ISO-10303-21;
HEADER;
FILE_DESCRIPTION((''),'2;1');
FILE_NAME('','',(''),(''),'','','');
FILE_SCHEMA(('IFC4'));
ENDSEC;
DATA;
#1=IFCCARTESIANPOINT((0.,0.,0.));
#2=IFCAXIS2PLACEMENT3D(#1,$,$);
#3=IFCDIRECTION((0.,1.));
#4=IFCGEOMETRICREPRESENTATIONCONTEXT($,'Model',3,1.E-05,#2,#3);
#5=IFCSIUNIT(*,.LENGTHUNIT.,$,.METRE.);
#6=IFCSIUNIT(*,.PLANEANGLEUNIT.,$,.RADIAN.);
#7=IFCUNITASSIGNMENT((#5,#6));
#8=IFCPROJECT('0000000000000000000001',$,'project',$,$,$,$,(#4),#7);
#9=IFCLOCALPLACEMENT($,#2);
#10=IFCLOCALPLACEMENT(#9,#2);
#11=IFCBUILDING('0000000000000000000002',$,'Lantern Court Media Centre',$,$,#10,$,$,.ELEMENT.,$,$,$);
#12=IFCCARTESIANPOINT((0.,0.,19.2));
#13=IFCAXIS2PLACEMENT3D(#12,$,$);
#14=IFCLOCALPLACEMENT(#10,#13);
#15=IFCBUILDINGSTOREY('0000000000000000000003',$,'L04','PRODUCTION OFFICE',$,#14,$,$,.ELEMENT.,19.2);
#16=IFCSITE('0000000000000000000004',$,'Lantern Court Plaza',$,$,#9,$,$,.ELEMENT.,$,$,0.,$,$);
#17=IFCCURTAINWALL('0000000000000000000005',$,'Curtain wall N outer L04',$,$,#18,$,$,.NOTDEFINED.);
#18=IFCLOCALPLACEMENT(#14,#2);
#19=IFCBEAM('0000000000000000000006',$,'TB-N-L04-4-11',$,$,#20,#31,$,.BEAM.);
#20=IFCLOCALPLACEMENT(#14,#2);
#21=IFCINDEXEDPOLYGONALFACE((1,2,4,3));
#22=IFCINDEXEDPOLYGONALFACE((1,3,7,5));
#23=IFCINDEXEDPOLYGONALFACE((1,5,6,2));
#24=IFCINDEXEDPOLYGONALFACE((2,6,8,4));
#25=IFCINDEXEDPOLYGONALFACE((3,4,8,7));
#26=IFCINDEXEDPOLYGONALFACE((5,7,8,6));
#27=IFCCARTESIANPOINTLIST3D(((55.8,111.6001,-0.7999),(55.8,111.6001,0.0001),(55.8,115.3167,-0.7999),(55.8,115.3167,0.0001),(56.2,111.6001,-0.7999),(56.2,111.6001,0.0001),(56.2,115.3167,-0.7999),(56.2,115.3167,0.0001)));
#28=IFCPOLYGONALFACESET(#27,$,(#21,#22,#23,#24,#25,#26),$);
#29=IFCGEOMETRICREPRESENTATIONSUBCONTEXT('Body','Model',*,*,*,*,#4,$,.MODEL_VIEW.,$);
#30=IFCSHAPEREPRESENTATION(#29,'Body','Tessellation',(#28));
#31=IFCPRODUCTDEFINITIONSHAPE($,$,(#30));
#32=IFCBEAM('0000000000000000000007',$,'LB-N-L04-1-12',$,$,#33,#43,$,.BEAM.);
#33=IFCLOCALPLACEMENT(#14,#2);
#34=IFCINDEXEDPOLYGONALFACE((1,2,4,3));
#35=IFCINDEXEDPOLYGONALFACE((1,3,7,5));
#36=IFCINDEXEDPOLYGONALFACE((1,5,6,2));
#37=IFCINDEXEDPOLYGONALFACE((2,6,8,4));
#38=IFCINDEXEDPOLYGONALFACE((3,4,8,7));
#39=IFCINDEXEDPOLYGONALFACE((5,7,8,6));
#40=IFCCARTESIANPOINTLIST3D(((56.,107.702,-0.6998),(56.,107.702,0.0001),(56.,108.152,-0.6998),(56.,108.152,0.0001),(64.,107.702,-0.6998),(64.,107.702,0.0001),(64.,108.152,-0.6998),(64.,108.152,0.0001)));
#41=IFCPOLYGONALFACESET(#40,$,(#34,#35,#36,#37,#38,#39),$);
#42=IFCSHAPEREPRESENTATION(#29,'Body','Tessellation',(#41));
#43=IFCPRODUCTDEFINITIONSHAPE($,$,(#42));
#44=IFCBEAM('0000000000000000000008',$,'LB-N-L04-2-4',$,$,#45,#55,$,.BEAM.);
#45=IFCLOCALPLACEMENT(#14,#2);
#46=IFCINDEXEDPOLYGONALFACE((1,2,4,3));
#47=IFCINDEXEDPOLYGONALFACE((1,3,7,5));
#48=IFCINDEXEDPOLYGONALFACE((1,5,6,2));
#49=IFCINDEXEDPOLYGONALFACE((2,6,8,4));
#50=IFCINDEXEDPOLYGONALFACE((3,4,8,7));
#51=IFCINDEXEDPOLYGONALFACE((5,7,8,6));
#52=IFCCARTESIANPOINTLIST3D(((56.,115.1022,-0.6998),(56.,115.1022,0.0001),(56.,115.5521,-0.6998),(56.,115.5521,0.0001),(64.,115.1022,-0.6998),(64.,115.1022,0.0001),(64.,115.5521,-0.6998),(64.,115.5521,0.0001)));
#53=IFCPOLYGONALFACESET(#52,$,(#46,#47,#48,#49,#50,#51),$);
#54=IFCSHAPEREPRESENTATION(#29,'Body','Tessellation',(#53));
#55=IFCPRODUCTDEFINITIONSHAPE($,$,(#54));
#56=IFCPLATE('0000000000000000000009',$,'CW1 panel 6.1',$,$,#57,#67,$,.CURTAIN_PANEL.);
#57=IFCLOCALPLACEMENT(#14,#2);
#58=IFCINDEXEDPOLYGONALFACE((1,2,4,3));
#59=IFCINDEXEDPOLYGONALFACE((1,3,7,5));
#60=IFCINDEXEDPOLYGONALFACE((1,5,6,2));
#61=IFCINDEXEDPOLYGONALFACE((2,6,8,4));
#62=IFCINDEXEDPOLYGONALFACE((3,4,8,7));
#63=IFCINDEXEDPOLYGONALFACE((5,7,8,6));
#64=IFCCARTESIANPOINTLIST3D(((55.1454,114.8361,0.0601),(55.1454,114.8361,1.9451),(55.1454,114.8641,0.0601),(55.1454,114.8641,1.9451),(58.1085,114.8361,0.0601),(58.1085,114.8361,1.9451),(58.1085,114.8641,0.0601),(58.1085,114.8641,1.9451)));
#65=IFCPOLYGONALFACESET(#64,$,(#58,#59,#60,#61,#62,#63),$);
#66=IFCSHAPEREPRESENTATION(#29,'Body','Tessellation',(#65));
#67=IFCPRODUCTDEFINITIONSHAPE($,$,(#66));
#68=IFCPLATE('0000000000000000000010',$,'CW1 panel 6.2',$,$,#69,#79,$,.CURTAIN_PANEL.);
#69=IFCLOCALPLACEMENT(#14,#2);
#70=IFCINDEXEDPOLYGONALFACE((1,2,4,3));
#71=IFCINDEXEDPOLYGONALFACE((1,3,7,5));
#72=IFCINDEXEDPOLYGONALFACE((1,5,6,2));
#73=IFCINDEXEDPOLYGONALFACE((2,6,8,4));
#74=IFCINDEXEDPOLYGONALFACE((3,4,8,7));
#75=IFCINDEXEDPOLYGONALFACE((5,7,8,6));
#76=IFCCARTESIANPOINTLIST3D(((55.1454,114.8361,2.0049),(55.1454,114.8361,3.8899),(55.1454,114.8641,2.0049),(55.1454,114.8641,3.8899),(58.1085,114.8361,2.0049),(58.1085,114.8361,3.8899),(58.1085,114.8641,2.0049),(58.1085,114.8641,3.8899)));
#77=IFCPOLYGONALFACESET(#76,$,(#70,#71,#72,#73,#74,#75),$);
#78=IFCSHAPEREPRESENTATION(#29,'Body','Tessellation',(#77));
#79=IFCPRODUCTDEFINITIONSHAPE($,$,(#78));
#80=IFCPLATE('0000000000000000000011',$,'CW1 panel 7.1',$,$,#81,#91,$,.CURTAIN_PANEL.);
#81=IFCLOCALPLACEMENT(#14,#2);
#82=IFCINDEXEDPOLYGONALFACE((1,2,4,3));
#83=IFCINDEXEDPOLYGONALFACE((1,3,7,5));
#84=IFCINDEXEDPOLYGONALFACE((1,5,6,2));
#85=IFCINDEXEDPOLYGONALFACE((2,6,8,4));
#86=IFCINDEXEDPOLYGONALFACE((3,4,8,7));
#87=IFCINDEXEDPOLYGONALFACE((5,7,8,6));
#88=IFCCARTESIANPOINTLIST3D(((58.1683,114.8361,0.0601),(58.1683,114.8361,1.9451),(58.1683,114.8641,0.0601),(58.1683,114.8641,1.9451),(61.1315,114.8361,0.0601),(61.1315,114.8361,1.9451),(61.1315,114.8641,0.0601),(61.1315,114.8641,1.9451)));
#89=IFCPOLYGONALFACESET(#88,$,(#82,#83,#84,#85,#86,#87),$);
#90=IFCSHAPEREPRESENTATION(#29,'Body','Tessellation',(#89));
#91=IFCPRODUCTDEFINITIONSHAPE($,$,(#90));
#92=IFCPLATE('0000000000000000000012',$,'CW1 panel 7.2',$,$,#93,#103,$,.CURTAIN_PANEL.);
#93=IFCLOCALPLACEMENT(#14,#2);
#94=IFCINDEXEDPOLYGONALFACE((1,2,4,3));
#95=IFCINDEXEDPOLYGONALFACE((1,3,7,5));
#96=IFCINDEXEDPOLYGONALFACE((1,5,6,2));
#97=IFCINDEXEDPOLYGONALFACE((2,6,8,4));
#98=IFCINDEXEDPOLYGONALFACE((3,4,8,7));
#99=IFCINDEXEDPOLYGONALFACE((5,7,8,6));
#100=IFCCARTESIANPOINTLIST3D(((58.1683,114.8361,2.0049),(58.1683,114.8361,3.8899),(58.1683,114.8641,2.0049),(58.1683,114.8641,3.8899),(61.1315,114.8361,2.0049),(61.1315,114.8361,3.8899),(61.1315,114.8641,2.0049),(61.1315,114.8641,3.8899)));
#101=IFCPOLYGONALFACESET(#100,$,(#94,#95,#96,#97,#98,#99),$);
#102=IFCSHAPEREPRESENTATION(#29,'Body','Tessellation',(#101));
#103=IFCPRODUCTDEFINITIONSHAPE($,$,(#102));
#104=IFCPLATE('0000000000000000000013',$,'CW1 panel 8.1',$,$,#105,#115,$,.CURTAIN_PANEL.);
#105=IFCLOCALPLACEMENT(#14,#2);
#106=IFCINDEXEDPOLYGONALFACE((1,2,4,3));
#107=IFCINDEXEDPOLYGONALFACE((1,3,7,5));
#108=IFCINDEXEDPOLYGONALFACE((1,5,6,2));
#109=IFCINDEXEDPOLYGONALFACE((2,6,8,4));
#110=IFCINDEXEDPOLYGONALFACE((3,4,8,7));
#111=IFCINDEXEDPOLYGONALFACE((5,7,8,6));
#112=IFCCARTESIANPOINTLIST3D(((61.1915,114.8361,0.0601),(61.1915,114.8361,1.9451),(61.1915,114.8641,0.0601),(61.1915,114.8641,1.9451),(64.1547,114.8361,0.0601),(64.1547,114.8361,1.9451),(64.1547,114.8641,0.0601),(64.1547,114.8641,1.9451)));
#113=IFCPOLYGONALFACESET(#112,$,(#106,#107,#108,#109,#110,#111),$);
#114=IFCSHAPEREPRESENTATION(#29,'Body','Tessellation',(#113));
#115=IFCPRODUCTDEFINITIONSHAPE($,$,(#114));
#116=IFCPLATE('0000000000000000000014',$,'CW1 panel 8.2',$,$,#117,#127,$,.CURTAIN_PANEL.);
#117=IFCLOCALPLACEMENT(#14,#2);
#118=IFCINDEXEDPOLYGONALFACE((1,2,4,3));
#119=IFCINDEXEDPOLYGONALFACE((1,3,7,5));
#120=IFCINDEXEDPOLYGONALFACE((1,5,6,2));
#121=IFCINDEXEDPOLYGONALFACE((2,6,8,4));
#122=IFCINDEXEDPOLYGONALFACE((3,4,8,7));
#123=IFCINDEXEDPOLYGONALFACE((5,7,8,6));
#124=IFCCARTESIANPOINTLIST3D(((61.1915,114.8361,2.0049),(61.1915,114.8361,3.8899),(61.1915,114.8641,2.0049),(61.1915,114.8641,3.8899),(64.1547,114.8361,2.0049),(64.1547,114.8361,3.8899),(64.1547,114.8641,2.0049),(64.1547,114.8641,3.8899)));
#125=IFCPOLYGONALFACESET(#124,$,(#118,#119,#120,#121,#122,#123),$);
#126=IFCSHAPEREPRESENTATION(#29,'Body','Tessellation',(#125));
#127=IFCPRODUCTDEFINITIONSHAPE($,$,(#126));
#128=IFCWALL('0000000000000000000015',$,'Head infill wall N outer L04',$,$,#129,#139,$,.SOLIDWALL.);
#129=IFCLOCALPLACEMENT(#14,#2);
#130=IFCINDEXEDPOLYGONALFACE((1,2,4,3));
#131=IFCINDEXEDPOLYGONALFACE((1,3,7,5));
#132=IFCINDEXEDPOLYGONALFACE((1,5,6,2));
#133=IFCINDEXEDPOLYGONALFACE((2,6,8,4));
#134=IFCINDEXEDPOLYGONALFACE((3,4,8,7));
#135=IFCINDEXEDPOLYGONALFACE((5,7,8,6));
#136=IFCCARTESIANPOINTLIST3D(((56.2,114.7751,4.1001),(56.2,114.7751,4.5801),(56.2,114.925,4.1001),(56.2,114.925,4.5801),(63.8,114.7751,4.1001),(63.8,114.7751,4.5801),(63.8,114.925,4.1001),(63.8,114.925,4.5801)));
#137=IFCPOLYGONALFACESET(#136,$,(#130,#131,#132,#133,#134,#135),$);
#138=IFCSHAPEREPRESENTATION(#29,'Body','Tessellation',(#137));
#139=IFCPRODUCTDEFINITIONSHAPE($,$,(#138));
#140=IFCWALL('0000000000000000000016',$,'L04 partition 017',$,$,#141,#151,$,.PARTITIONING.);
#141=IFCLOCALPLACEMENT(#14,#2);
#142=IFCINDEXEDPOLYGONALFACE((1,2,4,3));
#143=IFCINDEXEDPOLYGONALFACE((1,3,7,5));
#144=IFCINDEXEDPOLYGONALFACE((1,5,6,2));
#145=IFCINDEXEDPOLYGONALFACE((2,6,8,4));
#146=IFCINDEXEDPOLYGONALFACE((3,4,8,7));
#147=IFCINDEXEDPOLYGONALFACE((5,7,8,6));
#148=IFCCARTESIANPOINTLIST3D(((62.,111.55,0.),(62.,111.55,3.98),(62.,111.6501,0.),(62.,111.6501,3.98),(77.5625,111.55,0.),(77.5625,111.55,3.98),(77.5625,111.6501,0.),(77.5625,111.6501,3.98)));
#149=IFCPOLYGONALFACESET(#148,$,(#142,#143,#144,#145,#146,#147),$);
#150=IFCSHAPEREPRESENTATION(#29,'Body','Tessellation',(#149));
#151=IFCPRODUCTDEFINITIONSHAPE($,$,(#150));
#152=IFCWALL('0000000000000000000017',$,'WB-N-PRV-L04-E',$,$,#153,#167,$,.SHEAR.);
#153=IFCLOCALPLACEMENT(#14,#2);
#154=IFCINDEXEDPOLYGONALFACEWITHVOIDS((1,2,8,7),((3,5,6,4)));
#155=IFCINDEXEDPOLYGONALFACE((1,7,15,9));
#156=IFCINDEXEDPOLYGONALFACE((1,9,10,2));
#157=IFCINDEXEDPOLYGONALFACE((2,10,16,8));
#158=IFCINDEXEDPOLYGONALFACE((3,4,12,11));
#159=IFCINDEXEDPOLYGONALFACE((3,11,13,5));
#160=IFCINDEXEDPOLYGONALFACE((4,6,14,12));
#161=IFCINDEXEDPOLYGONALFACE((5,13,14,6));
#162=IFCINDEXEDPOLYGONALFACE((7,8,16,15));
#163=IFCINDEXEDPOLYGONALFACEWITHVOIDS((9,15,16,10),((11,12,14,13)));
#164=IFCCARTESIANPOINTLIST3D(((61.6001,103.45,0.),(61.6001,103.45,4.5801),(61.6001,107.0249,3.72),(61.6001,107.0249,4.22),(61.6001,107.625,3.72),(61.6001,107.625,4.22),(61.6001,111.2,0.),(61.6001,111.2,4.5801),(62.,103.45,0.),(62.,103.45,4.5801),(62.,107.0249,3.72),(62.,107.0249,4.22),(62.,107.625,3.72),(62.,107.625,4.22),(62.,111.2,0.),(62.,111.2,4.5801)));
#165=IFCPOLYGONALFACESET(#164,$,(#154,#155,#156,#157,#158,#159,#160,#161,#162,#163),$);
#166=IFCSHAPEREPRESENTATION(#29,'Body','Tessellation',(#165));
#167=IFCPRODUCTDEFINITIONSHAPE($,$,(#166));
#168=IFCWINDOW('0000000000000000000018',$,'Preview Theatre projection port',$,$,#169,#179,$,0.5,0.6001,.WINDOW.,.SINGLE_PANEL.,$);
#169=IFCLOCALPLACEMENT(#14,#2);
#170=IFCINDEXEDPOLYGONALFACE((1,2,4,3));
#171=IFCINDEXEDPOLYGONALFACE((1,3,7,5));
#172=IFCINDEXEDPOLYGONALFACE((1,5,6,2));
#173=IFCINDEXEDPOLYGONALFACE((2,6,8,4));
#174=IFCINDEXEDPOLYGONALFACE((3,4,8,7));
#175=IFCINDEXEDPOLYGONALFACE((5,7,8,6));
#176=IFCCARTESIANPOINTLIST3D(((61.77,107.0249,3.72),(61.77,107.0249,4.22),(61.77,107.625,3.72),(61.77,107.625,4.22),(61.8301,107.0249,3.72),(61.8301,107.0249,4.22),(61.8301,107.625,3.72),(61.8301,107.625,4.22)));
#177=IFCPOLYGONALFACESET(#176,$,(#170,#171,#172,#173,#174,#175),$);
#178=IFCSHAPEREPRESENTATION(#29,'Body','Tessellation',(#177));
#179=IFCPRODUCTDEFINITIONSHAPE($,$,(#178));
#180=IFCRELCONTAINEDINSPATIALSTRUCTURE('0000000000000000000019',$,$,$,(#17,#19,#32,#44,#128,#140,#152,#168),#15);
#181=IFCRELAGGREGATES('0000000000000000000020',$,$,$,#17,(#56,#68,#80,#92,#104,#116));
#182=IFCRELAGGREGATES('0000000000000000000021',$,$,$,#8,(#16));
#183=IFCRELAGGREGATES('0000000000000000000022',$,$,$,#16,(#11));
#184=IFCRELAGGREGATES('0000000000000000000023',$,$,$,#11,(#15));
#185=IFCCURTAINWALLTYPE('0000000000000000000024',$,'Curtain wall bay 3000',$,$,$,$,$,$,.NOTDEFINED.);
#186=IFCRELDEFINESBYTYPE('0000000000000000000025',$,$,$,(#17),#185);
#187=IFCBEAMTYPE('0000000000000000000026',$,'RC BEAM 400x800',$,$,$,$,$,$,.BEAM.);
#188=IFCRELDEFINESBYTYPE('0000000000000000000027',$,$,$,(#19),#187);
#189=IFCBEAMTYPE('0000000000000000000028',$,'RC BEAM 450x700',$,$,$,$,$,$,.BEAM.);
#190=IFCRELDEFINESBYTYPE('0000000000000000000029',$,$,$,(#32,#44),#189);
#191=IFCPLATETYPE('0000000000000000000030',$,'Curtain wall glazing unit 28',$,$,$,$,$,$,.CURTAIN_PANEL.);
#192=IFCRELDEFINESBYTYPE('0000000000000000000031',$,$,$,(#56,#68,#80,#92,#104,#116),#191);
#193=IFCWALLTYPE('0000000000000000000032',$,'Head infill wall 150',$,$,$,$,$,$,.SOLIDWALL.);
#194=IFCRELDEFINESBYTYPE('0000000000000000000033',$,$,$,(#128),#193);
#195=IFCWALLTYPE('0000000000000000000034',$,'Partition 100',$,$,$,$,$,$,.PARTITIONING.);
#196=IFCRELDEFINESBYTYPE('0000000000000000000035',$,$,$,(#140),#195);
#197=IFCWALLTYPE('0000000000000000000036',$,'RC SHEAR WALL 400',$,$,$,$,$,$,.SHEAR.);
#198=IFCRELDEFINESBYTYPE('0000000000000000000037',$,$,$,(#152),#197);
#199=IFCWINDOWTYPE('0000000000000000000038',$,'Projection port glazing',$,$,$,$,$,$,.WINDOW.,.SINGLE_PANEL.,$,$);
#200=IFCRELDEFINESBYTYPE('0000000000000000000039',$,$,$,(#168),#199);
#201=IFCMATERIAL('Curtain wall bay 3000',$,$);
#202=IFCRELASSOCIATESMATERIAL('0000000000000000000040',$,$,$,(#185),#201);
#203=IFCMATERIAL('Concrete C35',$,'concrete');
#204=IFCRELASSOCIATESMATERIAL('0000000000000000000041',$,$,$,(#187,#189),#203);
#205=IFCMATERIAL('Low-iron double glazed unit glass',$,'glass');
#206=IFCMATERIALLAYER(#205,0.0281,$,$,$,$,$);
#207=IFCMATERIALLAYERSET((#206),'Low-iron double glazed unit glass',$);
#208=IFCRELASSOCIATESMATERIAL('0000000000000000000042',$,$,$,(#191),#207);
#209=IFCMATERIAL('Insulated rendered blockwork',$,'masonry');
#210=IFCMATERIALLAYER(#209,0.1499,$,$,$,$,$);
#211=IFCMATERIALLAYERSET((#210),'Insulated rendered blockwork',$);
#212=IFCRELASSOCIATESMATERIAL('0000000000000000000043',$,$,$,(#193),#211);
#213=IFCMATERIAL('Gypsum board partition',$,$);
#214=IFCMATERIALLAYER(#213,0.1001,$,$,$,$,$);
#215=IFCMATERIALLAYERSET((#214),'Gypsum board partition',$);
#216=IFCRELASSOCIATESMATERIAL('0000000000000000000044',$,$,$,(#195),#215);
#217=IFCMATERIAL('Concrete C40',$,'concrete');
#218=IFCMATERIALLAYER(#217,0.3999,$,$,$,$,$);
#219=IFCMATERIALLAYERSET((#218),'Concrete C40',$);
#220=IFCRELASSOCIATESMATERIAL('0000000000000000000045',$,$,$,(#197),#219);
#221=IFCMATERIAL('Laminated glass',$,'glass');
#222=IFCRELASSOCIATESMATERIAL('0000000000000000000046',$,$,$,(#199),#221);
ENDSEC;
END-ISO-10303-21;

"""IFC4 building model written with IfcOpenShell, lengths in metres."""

from ifc_helpers import new_model, si_unit, direction, frame, frame_2d, origin, origin_2d, place, context, subcontext, project, spatial, rectangle, extrude, material, layer, layer_set, material_profile, profile_set, type_object, element, fill, aggregate, save


model = new_model("IFC4")

# Units and contexts
model_context = context("Model", 3, precision=1e-05, world=origin(), true_north=direction((0.0, 1.0)))
body_context = subcontext(model_context, "Body", "Model", "MODEL_VIEW")
ifc_project = project(units=[si_unit("LENGTHUNIT", "METRE"), si_unit("PLANEANGLEUNIT", "RADIAN")], contexts=[model_context])

# Site, building, storey
site_placement = place(None, origin())
site = spatial("IfcSite", under=ifc_project, at=site_placement, Name="Lantern Court Plaza", CompositionType="ELEMENT", RefElevation=0.0)
building_placement = place(site_placement, origin())
building = spatial("IfcBuilding", under=site, at=building_placement, Name="Lantern Court Media Centre", CompositionType="ELEMENT")
storey_placement = place(building_placement, frame((0.0, 0.0, 19.2)))
storey = spatial("IfcBuildingStorey", under=building, at=storey_placement, Name="L04", Description="PRODUCTION OFFICE", CompositionType="ELEMENT", Elevation=19.2)

# Shared definitions
ifc_material_1 = material(Name="Concrete C35", Category="concrete")

# Curtain wall
ifc_material_2 = material(Name="Curtain wall bay 3000")
curtain_wall_type = type_object("IfcCurtainWallType", Name="Curtain wall bay 3000", PredefinedType="NOTDEFINED", material=ifc_material_2)
curtain_wall_placement = place(storey_placement, origin())
curtain_wall = element("IfcCurtainWall", 1, at=curtain_wall_placement, inside=storey, type_object=curtain_wall_type, Name="Curtain wall N outer L04", PredefinedType="NOTDEFINED")

# Beams
ifc_material_profile_1 = material_profile(ifc_material_1, rectangle(XDim=0.3999, YDim=0.8, at=origin_2d()), Name="RC 400x800")
ifc_profile_set_1 = profile_set([ifc_material_profile_1], Name="Concrete C35")
beam_type_1 = type_object("IfcBeamType", Name="RC BEAM 400x800", PredefinedType="BEAM", material=ifc_profile_set_1)
beam_1_placement = place(storey_placement, frame((56.0, 111.6001, -0.3999), z_axis=(0.0, 1.0, 0.0), x_axis=(-1.0, 0.0, 0.0)))
element("IfcBeam", 2, at=beam_1_placement, inside=storey, type_object=beam_type_1, Name="TB-N-L04-4-11", PredefinedType="BEAM", context=body_context, shape_type="SweptSolid", body=[
    extrude(rectangle(XDim=0.3999, YDim=0.8, at=origin_2d()), origin(), (0.0, 0.0, 1.0), 3.7166),
])
ifc_material_profile_2 = material_profile(ifc_material_1, rectangle(XDim=0.45, YDim=0.7, at=origin_2d()), Name="RC 450x700")
ifc_profile_set_2 = profile_set([ifc_material_profile_2], Name="Concrete C35")
beam_type_2 = type_object("IfcBeamType", Name="RC BEAM 450x700", PredefinedType="BEAM", material=ifc_profile_set_2)
for number, where, z_axis, x_axis, name in (
    (3, (56.0, 107.927, -0.3499), (1.0, 0.0, 0.0), (0.0, 1.0, 0.0), "LB-N-L04-1-12"),
    (4, (56.0, 115.3271, -0.3499), (1.0, 0.0, 0.0), (0.0, 1.0, 0.0), "LB-N-L04-2-4"),
):
    element("IfcBeam", number, at=place(storey_placement, frame(where, z_axis=z_axis, x_axis=x_axis)), inside=storey, type_object=beam_type_2, Name=name, PredefinedType="BEAM", context=body_context, shape_type="SweptSolid", body=[
        extrude(rectangle(XDim=0.45, YDim=0.7, at=origin_2d()), origin(), (0.0, 0.0, 1.0), 8.0),
    ])

# Plates
ifc_material_3 = material(Name="Low-iron double glazed unit glass", Category="glass")
ifc_layer_1 = layer(ifc_material_3, 0.0281)
ifc_layer_set_1 = layer_set([ifc_layer_1], Name="Low-iron double glazed unit glass")
plate_type = type_object("IfcPlateType", Name="Curtain wall glazing unit 28", PredefinedType="CURTAIN_PANEL", material=ifc_layer_set_1)
plate_1_placement = place(storey_placement, frame((56.627, 114.8501, 0.0601), z_axis=(0.0, 0.0, 1.0), x_axis=(1.0, 0.0, 0.0)))
plate_1 = element("IfcPlate", 5, at=plate_1_placement, type_object=plate_type, Name="CW1 panel 6.1", PredefinedType="CURTAIN_PANEL", context=body_context, shape_type="SweptSolid", body=[
    extrude(rectangle(XDim=2.9631, YDim=0.0281, at=origin_2d()), origin(), (0.0, 0.0, 1.0), 1.885),
])
plate_2_placement = place(storey_placement, frame((56.627, 114.8501, 2.0049), z_axis=(0.0, 0.0, 1.0), x_axis=(1.0, 0.0, 0.0)))
plate_2 = element("IfcPlate", 6, at=plate_2_placement, type_object=plate_type, Name="CW1 panel 6.2", PredefinedType="CURTAIN_PANEL", context=body_context, shape_type="SweptSolid", body=[
    extrude(rectangle(XDim=2.9631, YDim=0.0281, at=origin_2d()), origin(), (0.0, 0.0, 1.0), 1.885),
])
plate_3_placement = place(storey_placement, frame((59.6499, 114.8501, 0.0601), z_axis=(0.0, 0.0, 1.0), x_axis=(1.0, 0.0, 0.0)))
plate_3 = element("IfcPlate", 7, at=plate_3_placement, type_object=plate_type, Name="CW1 panel 7.1", PredefinedType="CURTAIN_PANEL", context=body_context, shape_type="SweptSolid", body=[
    extrude(rectangle(XDim=2.9631, YDim=0.0281, at=origin_2d()), origin(), (0.0, 0.0, 1.0), 1.885),
])
plate_4_placement = place(storey_placement, frame((59.6499, 114.8501, 2.0049), z_axis=(0.0, 0.0, 1.0), x_axis=(1.0, 0.0, 0.0)))
plate_4 = element("IfcPlate", 8, at=plate_4_placement, type_object=plate_type, Name="CW1 panel 7.2", PredefinedType="CURTAIN_PANEL", context=body_context, shape_type="SweptSolid", body=[
    extrude(rectangle(XDim=2.9631, YDim=0.0281, at=origin_2d()), origin(), (0.0, 0.0, 1.0), 1.885),
])
plate_5_placement = place(storey_placement, frame((62.6731, 114.8501, 0.0601), z_axis=(0.0, 0.0, 1.0), x_axis=(1.0, 0.0, 0.0)))
plate_5 = element("IfcPlate", 9, at=plate_5_placement, type_object=plate_type, Name="CW1 panel 8.1", PredefinedType="CURTAIN_PANEL", context=body_context, shape_type="SweptSolid", body=[
    extrude(rectangle(XDim=2.9631, YDim=0.0281, at=origin_2d()), origin(), (0.0, 0.0, 1.0), 1.885),
])
plate_6_placement = place(storey_placement, frame((62.6731, 114.8501, 2.0049), z_axis=(0.0, 0.0, 1.0), x_axis=(1.0, 0.0, 0.0)))
plate_6 = element("IfcPlate", 10, at=plate_6_placement, type_object=plate_type, Name="CW1 panel 8.2", PredefinedType="CURTAIN_PANEL", context=body_context, shape_type="SweptSolid", body=[
    extrude(rectangle(XDim=2.9631, YDim=0.0281, at=origin_2d()), origin(), (0.0, 0.0, 1.0), 1.885),
])
aggregate(curtain_wall, [plate_1, plate_2, plate_3, plate_4, plate_5, plate_6])

# Walls
ifc_material_4 = material(Name="Insulated rendered blockwork", Category="masonry")
ifc_layer_2 = layer(ifc_material_4, 0.1499)
ifc_layer_set_2 = layer_set([ifc_layer_2], Name="Insulated rendered blockwork")
wall_type_1 = type_object("IfcWallType", Name="Head infill wall 150", PredefinedType="SOLIDWALL", material=ifc_layer_set_2)
wall_1_placement = place(storey_placement, frame((56.2, 114.8501, 4.1001), z_axis=(0.0, 0.0, 1.0), x_axis=(1.0, 0.0, 0.0)))
element("IfcWall", 11, at=wall_1_placement, inside=storey, type_object=wall_type_1, Name="Head infill wall N outer L04", PredefinedType="SOLIDWALL", context=body_context, shape_type="SweptSolid", body=[
    extrude(rectangle(XDim=7.6001, YDim=0.1499, at=frame_2d((3.8, 0.0))), origin(), (0.0, 0.0, 1.0), 0.48),
])
ifc_material_5 = material(Name="Gypsum board partition")
ifc_layer_3 = layer(ifc_material_5, 0.1001)
ifc_layer_set_3 = layer_set([ifc_layer_3], Name="Gypsum board partition")
wall_type_2 = type_object("IfcWallType", Name="Partition 100", PredefinedType="PARTITIONING", material=ifc_layer_set_3)
wall_2_placement = place(storey_placement, frame((62.0, 111.6001, 0.0), z_axis=(0.0, 0.0, 1.0), x_axis=(1.0, 0.0, 0.0)))
element("IfcWall", 12, at=wall_2_placement, inside=storey, type_object=wall_type_2, Name="L04 partition 017", PredefinedType="PARTITIONING", context=body_context, shape_type="SweptSolid", body=[
    extrude(rectangle(XDim=15.5625, YDim=0.1001, at=frame_2d((7.7812, 0.0))), origin(), (0.0, 0.0, 1.0), 3.98),
])

# Wall, opening, window
ifc_material_6 = material(Name="Concrete C40", Category="concrete")
ifc_layer_4 = layer(ifc_material_6, 0.3999)
ifc_layer_set_4 = layer_set([ifc_layer_4], Name="Concrete C40")
wall_type_3 = type_object("IfcWallType", Name="RC SHEAR WALL 400", PredefinedType="SHEAR", material=ifc_layer_set_4)
wall_3_placement = place(storey_placement, frame((61.8, 103.45, 0.0), z_axis=(0.0, 0.0, 1.0), x_axis=(0.0, 1.0, 0.0)))
wall_3 = element("IfcWall", 13, at=wall_3_placement, inside=storey, type_object=wall_type_3, Name="WB-N-PRV-L04-E", PredefinedType="SHEAR", context=body_context, shape_type="SweptSolid", body=[
    extrude(rectangle(XDim=7.75, YDim=0.3999, at=frame_2d((3.875, 0.0))), origin(), (0.0, 0.0, 1.0), 4.5801),
])
opening_placement = place(wall_3_placement, frame((3.575, 0.0, 3.72)))
opening = element("IfcOpeningElement", 14, at=opening_placement, cuts=wall_3, PredefinedType="OPENING", context=body_context, shape_type="SweptSolid", body=[
    extrude(rectangle(XDim=0.6001, YDim=0.5, at=frame_2d((0.3, 0.25))), frame((0.0, 0.21, 0.0), z_axis=(0.0, -1.0, 0.0), x_axis=(1.0, 0.0, 0.0)), (0.0, 0.0, 1.0), 0.4199),
])
ifc_material_7 = material(Name="Laminated glass", Category="glass")
window_type = type_object("IfcWindowType", Name="Projection port glazing", PartitioningType="SINGLE_PANEL", PredefinedType="WINDOW", material=ifc_material_7)
window_placement = place(opening_placement, origin())
window = element("IfcWindow", 15, at=window_placement, inside=storey, type_object=window_type, Name="Preview Theatre projection port", OverallHeight=0.5, OverallWidth=0.6001, PartitioningType="SINGLE_PANEL", PredefinedType="WINDOW", context=body_context, shape_type="SweptSolid", body=[
    extrude(rectangle(XDim=0.6001, YDim=0.5, at=frame_2d((0.3, 0.25))), frame((0.0, 0.03, 0.0), z_axis=(0.0, -1.0, 0.0), x_axis=(1.0, 0.0, 0.0)), (0.0, 0.0, 1.0), 0.0601),
])
fill(opening, window)

save(model, "model.ifc")
